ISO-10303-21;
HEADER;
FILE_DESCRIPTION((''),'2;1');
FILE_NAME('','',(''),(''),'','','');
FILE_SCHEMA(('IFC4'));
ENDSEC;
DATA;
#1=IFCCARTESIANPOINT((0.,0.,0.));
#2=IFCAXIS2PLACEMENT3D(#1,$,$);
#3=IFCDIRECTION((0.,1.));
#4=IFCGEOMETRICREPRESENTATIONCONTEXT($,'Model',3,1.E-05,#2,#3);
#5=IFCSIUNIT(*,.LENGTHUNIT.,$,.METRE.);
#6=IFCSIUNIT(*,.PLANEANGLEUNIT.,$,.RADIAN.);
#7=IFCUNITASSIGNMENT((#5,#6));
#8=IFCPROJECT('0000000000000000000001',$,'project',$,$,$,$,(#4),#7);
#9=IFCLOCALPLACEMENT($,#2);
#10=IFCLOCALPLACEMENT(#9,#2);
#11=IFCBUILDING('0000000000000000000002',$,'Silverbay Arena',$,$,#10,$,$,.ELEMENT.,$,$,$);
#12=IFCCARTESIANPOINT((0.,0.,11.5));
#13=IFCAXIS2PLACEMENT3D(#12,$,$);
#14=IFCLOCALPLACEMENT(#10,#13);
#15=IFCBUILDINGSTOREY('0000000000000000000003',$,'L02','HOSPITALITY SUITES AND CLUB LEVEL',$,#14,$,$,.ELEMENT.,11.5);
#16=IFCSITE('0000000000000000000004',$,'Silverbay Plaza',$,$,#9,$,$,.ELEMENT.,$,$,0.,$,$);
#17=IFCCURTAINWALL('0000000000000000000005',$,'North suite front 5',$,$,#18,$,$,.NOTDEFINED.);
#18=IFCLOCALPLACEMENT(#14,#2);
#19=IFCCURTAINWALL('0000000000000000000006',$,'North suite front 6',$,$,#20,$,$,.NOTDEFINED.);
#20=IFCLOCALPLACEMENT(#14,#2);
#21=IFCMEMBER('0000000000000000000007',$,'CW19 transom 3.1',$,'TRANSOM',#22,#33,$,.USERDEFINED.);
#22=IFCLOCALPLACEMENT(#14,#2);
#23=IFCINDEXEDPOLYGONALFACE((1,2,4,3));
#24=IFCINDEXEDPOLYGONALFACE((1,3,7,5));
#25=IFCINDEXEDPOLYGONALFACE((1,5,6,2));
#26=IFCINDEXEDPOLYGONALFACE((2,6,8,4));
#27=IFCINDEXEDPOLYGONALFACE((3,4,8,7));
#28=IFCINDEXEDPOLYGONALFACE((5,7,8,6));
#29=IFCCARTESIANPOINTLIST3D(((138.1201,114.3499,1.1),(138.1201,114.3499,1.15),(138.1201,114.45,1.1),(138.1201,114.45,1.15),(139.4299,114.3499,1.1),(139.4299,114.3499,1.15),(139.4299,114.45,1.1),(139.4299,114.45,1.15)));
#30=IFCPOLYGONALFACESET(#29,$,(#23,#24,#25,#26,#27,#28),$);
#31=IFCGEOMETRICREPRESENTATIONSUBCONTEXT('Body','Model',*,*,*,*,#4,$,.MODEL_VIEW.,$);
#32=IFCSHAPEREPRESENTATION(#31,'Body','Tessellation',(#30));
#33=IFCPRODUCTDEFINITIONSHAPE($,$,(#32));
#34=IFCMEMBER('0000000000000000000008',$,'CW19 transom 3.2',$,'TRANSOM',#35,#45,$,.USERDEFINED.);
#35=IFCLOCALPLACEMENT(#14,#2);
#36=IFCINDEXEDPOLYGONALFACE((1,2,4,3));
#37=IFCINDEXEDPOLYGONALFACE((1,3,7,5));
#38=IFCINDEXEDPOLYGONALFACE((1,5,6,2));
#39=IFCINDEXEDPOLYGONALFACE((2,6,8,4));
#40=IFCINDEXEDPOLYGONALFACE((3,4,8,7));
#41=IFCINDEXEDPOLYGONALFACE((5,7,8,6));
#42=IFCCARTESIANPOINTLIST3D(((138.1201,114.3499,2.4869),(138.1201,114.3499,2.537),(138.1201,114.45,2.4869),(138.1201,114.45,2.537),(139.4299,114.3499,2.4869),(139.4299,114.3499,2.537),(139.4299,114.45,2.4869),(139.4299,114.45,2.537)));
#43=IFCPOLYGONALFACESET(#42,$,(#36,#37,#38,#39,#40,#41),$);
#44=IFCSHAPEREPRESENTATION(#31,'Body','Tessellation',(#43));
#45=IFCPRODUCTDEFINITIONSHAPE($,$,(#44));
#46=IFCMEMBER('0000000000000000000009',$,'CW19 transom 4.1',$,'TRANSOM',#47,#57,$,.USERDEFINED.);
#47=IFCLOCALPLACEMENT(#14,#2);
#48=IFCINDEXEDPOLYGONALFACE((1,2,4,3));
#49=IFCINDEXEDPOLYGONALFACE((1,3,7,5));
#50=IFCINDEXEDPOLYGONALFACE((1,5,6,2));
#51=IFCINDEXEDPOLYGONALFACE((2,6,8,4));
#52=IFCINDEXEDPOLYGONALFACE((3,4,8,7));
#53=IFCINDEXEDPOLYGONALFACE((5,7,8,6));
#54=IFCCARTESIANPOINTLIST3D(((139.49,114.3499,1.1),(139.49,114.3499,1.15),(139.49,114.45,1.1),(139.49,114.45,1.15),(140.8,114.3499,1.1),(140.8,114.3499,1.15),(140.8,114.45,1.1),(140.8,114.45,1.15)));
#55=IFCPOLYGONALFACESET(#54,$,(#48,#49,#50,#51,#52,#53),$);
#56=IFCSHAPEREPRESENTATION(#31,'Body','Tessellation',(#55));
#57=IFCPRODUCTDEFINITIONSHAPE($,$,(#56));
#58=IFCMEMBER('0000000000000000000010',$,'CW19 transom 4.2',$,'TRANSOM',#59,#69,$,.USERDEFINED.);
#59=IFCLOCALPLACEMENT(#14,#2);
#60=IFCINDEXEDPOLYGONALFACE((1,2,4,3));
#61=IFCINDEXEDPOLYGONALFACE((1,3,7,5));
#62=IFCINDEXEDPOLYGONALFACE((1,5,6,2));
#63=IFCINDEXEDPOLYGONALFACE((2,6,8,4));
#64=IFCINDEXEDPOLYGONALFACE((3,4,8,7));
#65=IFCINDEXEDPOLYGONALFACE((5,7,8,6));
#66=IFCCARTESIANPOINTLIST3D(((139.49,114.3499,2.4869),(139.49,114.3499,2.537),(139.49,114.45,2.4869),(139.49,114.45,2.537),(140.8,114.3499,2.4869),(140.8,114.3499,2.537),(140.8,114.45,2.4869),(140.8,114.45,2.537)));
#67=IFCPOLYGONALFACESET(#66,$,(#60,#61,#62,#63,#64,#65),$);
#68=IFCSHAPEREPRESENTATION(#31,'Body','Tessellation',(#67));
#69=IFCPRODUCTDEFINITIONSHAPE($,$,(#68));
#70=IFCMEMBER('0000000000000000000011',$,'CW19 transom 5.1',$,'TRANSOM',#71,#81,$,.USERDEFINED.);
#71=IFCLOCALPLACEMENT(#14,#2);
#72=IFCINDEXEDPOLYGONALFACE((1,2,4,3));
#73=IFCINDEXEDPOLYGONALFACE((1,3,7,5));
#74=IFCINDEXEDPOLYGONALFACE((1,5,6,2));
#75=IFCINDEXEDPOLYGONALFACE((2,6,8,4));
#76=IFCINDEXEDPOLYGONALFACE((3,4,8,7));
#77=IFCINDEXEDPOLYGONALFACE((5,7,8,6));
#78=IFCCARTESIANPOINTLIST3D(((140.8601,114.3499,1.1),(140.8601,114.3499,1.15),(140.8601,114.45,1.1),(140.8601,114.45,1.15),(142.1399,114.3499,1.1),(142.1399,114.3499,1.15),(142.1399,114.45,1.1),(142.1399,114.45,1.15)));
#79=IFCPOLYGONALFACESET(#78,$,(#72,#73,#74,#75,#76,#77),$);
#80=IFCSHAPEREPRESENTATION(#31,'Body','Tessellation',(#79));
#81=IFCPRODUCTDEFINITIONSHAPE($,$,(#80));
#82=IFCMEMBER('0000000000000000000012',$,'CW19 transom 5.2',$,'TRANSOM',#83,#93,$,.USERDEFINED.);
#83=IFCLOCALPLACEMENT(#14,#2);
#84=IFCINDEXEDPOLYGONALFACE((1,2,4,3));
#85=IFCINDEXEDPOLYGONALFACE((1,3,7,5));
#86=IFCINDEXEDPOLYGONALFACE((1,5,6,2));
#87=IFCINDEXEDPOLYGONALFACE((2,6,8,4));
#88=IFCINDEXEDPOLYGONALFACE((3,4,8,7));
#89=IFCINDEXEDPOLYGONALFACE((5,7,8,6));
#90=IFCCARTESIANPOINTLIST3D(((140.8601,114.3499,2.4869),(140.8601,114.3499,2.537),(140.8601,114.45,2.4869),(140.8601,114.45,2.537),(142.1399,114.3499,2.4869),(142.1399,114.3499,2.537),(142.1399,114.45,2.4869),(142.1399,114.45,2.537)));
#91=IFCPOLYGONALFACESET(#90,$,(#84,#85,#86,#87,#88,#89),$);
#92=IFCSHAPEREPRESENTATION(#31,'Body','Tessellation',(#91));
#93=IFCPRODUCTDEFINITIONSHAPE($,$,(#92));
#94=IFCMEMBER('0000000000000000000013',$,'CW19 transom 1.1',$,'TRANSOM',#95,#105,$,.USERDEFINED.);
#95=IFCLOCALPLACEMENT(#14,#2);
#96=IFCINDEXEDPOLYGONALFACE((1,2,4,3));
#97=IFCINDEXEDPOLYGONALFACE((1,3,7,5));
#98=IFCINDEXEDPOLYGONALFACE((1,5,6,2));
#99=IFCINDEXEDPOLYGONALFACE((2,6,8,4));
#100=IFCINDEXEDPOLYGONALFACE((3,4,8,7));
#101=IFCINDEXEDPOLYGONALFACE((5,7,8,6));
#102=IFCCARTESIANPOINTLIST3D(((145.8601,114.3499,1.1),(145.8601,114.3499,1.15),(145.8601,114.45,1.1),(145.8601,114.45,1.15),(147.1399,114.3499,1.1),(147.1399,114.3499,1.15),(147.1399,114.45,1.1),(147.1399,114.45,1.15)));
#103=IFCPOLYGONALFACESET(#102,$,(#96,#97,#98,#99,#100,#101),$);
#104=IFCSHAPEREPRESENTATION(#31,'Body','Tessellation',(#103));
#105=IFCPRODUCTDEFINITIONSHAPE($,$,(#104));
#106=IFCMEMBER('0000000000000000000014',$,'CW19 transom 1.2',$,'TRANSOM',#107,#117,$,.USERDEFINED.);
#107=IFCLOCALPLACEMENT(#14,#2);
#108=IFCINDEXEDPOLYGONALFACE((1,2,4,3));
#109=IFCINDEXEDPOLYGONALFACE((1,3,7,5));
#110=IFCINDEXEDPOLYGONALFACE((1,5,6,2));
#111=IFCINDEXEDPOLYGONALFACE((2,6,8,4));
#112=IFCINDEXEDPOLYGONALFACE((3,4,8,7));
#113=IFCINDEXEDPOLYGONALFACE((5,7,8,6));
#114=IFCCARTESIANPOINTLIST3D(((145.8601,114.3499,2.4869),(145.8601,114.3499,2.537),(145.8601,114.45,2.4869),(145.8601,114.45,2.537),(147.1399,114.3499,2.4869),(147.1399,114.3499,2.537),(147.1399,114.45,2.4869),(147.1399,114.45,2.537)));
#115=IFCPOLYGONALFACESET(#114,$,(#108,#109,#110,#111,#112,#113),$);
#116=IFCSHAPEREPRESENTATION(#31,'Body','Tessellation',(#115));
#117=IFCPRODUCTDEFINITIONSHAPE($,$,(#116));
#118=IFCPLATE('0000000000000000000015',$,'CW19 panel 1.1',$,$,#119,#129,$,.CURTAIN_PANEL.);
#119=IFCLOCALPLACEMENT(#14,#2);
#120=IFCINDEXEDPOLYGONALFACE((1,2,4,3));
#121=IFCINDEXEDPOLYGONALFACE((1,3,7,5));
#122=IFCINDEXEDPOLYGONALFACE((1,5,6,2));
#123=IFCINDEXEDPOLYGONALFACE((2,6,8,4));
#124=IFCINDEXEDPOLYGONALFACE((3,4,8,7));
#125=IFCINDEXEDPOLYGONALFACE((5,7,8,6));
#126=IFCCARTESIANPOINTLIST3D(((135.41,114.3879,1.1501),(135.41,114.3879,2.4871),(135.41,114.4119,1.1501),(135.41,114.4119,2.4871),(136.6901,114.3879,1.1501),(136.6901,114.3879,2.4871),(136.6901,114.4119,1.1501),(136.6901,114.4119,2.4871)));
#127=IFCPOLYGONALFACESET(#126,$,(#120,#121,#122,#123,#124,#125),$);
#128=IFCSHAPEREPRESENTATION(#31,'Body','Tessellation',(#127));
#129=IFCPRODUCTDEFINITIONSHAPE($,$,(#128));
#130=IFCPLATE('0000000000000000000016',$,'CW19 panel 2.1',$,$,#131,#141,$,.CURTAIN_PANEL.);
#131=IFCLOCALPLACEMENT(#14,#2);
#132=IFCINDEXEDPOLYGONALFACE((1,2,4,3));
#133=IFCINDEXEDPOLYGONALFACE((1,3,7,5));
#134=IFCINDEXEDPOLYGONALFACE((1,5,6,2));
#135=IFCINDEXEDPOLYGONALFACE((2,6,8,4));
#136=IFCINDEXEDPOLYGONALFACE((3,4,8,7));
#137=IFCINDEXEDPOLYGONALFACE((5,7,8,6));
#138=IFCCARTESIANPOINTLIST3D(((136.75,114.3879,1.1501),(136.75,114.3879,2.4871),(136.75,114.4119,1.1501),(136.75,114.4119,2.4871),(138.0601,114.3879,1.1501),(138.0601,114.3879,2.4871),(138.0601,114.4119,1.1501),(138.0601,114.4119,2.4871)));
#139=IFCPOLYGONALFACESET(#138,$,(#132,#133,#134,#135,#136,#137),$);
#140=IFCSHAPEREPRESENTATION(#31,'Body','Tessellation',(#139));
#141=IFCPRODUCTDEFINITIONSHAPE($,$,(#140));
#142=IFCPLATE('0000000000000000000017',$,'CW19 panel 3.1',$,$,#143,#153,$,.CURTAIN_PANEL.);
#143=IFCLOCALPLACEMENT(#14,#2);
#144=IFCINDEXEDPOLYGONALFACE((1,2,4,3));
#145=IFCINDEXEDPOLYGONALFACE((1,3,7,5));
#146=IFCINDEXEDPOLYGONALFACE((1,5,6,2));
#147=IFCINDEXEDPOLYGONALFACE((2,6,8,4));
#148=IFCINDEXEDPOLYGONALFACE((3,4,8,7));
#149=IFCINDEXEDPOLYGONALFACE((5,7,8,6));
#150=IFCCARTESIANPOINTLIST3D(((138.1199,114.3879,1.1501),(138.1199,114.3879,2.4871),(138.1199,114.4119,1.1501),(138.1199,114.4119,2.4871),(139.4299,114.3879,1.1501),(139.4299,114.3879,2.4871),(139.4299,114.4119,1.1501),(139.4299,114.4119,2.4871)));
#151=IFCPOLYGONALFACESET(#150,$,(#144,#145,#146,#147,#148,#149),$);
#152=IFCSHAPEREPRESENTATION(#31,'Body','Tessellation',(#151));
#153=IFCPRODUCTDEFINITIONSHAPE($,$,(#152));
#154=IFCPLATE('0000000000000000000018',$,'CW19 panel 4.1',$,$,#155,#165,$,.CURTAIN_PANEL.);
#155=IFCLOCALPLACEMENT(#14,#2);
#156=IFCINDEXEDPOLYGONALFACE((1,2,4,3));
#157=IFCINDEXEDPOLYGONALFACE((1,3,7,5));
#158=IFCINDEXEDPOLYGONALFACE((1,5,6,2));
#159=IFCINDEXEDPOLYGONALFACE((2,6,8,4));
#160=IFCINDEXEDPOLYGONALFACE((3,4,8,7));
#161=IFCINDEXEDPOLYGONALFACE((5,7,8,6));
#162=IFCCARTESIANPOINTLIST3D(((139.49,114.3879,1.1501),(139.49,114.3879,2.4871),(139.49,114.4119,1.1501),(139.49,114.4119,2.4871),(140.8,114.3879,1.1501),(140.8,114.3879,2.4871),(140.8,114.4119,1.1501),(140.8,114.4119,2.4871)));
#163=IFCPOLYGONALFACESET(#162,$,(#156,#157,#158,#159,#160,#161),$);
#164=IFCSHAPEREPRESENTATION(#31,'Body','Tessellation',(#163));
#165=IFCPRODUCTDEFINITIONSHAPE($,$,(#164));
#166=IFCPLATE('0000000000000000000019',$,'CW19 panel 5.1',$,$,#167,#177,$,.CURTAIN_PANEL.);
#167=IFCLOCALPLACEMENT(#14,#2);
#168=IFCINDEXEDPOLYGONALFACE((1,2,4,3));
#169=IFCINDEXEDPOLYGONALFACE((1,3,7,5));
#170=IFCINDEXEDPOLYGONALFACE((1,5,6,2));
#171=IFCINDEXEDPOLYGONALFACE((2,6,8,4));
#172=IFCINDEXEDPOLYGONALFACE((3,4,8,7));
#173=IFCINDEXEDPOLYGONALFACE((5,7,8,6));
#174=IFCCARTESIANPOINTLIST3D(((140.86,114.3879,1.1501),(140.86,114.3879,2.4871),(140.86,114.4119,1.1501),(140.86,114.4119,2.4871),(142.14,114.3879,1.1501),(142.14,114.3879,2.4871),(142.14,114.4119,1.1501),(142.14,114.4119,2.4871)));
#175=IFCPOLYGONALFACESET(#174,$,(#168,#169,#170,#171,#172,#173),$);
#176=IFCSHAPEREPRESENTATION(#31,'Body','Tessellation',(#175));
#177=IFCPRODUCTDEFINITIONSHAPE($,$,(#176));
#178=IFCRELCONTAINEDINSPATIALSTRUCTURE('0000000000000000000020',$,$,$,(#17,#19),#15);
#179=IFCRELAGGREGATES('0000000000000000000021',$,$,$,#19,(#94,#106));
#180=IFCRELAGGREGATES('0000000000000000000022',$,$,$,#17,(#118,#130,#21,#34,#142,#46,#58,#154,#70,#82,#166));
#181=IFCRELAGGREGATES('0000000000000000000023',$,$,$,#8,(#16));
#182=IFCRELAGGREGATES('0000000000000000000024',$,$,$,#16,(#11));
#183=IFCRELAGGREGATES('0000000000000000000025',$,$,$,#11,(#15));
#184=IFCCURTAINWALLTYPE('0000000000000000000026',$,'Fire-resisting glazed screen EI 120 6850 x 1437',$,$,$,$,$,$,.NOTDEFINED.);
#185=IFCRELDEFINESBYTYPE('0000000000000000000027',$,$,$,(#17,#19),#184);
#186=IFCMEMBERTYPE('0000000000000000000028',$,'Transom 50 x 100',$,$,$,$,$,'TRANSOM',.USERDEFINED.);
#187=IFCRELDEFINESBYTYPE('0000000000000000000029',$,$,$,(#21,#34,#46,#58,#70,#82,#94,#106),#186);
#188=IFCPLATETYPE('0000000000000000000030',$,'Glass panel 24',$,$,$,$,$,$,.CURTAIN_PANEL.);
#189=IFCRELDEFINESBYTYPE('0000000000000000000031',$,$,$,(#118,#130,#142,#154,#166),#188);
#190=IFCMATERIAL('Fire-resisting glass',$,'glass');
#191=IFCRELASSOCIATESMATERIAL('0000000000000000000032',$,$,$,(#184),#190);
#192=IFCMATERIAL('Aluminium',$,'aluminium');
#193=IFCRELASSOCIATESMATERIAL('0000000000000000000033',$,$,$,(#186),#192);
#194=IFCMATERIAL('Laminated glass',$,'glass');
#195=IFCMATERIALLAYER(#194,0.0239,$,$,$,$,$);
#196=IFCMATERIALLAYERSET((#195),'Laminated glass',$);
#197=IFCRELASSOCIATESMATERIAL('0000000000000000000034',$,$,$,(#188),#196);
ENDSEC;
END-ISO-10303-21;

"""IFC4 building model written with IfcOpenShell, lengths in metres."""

from ifc_helpers import new_model, si_unit, direction, frame, origin, origin_2d, place, context, subcontext, project, spatial, rectangle, extrude, material, layer, layer_set, material_profile, profile_set, type_object, element, aggregate, save


model = new_model("IFC4")

# Units and contexts
model_context = context("Model", 3, precision=1e-05, world=origin(), true_north=direction((0.0, 1.0)))
body_context = subcontext(model_context, "Body", "Model", "MODEL_VIEW")
ifc_project = project(units=[si_unit("LENGTHUNIT", "METRE"), si_unit("PLANEANGLEUNIT", "RADIAN")], contexts=[model_context])

# Site, building, storey
site_placement = place(None, origin())
site = spatial("IfcSite", under=ifc_project, at=site_placement, Name="Silverbay Plaza", CompositionType="ELEMENT", RefElevation=0.0)
building_placement = place(site_placement, origin())
building = spatial("IfcBuilding", under=site, at=building_placement, Name="Silverbay Arena", CompositionType="ELEMENT")
storey_placement = place(building_placement, frame((0.0, 0.0, 11.5)))
storey = spatial("IfcBuildingStorey", under=building, at=storey_placement, Name="L02", Description="HOSPITALITY SUITES AND CLUB LEVEL", CompositionType="ELEMENT", Elevation=11.5)

# Curtain wall
ifc_material_1 = material(Name="Fire-resisting glass", Category="glass")
curtain_wall_type = type_object("IfcCurtainWallType", Name="Fire-resisting glazed screen EI 120 6850 x 1437", PredefinedType="NOTDEFINED", material=ifc_material_1)
curtain_wall_1_placement = place(storey_placement, origin())
curtain_wall_1 = element("IfcCurtainWall", 1, at=curtain_wall_1_placement, inside=storey, type_object=curtain_wall_type, Name="North suite front 5", PredefinedType="NOTDEFINED")

# Curtain wall
curtain_wall_2_placement = place(storey_placement, origin())
curtain_wall_2 = element("IfcCurtainWall", 2, at=curtain_wall_2_placement, inside=storey, type_object=curtain_wall_type, Name="North suite front 6", PredefinedType="NOTDEFINED")

# Members
ifc_material_2 = material(Name="Aluminium", Category="aluminium")
ifc_material_profile_1 = material_profile(ifc_material_2, rectangle(XDim=0.1001, YDim=0.05, at=origin_2d()), Name="Transom 50 x 100")
ifc_profile_set_1 = profile_set([ifc_material_profile_1], Name="Aluminium")
member_type_1 = type_object("IfcMemberType", Name="Transom 50 x 100", ElementType="TRANSOM", PredefinedType="USERDEFINED", material=ifc_profile_set_1)
member_1_placement = place(storey_placement, frame((138.1201, 114.3999, 1.125), z_axis=(1.0, 0.0, 0.0), x_axis=(0.0, 1.0, 0.0)))
member_1 = element("IfcMember", 3, at=member_1_placement, type_object=member_type_1, Name="CW19 transom 3.1", ObjectType="TRANSOM", PredefinedType="USERDEFINED", context=body_context, shape_type="SweptSolid", body=[
    extrude(rectangle(XDim=0.1001, YDim=0.05, at=origin_2d()), origin(), (0.0, 0.0, 1.0), 1.3098),
])
member_2_placement = place(storey_placement, frame((138.1201, 114.3999, 2.512), z_axis=(1.0, 0.0, 0.0), x_axis=(0.0, 1.0, 0.0)))
member_2 = element("IfcMember", 4, at=member_2_placement, type_object=member_type_1, Name="CW19 transom 3.2", ObjectType="TRANSOM", PredefinedType="USERDEFINED", context=body_context, shape_type="SweptSolid", body=[
    extrude(rectangle(XDim=0.1001, YDim=0.05, at=origin_2d()), origin(), (0.0, 0.0, 1.0), 1.3098),
])
member_3_placement = place(storey_placement, frame((139.49, 114.3999, 1.125), z_axis=(1.0, 0.0, 0.0), x_axis=(0.0, 1.0, 0.0)))
member_3 = element("IfcMember", 5, at=member_3_placement, type_object=member_type_1, Name="CW19 transom 4.1", ObjectType="TRANSOM", PredefinedType="USERDEFINED", context=body_context, shape_type="SweptSolid", body=[
    extrude(rectangle(XDim=0.1001, YDim=0.05, at=origin_2d()), origin(), (0.0, 0.0, 1.0), 1.3101),
])
member_4_placement = place(storey_placement, frame((139.49, 114.3999, 2.512), z_axis=(1.0, 0.0, 0.0), x_axis=(0.0, 1.0, 0.0)))
member_4 = element("IfcMember", 6, at=member_4_placement, type_object=member_type_1, Name="CW19 transom 4.2", ObjectType="TRANSOM", PredefinedType="USERDEFINED", context=body_context, shape_type="SweptSolid", body=[
    extrude(rectangle(XDim=0.1001, YDim=0.05, at=origin_2d()), origin(), (0.0, 0.0, 1.0), 1.3101),
])
member_5_placement = place(storey_placement, frame((140.8601, 114.3999, 1.125), z_axis=(1.0, 0.0, 0.0), x_axis=(0.0, 1.0, 0.0)))
member_5 = element("IfcMember", 7, at=member_5_placement, type_object=member_type_1, Name="CW19 transom 5.1", ObjectType="TRANSOM", PredefinedType="USERDEFINED", context=body_context, shape_type="SweptSolid", body=[
    extrude(rectangle(XDim=0.1001, YDim=0.05, at=origin_2d()), origin(), (0.0, 0.0, 1.0), 1.2798),
])
member_6_placement = place(storey_placement, frame((140.8601, 114.3999, 2.512), z_axis=(1.0, 0.0, 0.0), x_axis=(0.0, 1.0, 0.0)))
member_6 = element("IfcMember", 8, at=member_6_placement, type_object=member_type_1, Name="CW19 transom 5.2", ObjectType="TRANSOM", PredefinedType="USERDEFINED", context=body_context, shape_type="SweptSolid", body=[
    extrude(rectangle(XDim=0.1001, YDim=0.05, at=origin_2d()), origin(), (0.0, 0.0, 1.0), 1.2798),
])
member_7_placement = place(storey_placement, frame((145.8601, 114.3999, 1.125), z_axis=(1.0, 0.0, 0.0), x_axis=(0.0, 1.0, 0.0)))
member_7 = element("IfcMember", 9, at=member_7_placement, type_object=member_type_1, Name="CW19 transom 1.1", ObjectType="TRANSOM", PredefinedType="USERDEFINED", context=body_context, shape_type="SweptSolid", body=[
    extrude(rectangle(XDim=0.1001, YDim=0.05, at=origin_2d()), origin(), (0.0, 0.0, 1.0), 1.2798),
])
member_8_placement = place(storey_placement, frame((145.8601, 114.3999, 2.512), z_axis=(1.0, 0.0, 0.0), x_axis=(0.0, 1.0, 0.0)))
member_8 = element("IfcMember", 10, at=member_8_placement, type_object=member_type_1, Name="CW19 transom 1.2", ObjectType="TRANSOM", PredefinedType="USERDEFINED", context=body_context, shape_type="SweptSolid", body=[
    extrude(rectangle(XDim=0.1001, YDim=0.05, at=origin_2d()), origin(), (0.0, 0.0, 1.0), 1.2798),
])
aggregate(curtain_wall_2, [member_7, member_8])

# Plates
ifc_material_3 = material(Name="Laminated glass", Category="glass")
ifc_layer_1 = layer(ifc_material_3, 0.0239)
ifc_layer_set_1 = layer_set([ifc_layer_1], Name="Laminated glass")
plate_type = type_object("IfcPlateType", Name="Glass panel 24", PredefinedType="CURTAIN_PANEL", material=ifc_layer_set_1)
plate_1_placement = place(storey_placement, frame((136.05, 114.3999, 1.1501), z_axis=(0.0, 0.0, 1.0), x_axis=(1.0, 0.0, 0.0)))
plate_1 = element("IfcPlate", 11, at=plate_1_placement, type_object=plate_type, Name="CW19 panel 1.1", PredefinedType="CURTAIN_PANEL", context=body_context, shape_type="SweptSolid", body=[
    extrude(rectangle(XDim=1.28, YDim=0.0239, at=origin_2d()), origin(), (0.0, 0.0, 1.0), 1.3369),
])
plate_2_placement = place(storey_placement, frame((137.405, 114.3999, 1.1501), z_axis=(0.0, 0.0, 1.0), x_axis=(1.0, 0.0, 0.0)))
plate_2 = element("IfcPlate", 12, at=plate_2_placement, type_object=plate_type, Name="CW19 panel 2.1", PredefinedType="CURTAIN_PANEL", context=body_context, shape_type="SweptSolid", body=[
    extrude(rectangle(XDim=1.3101, YDim=0.0239, at=origin_2d()), origin(), (0.0, 0.0, 1.0), 1.3369),
])
plate_3_placement = place(storey_placement, frame((138.7749, 114.3999, 1.1501), z_axis=(0.0, 0.0, 1.0), x_axis=(1.0, 0.0, 0.0)))
plate_3 = element("IfcPlate", 13, at=plate_3_placement, type_object=plate_type, Name="CW19 panel 3.1", PredefinedType="CURTAIN_PANEL", context=body_context, shape_type="SweptSolid", body=[
    extrude(rectangle(XDim=1.3101, YDim=0.0239, at=origin_2d()), origin(), (0.0, 0.0, 1.0), 1.3369),
])
plate_4_placement = place(storey_placement, frame((140.145, 114.3999, 1.1501), z_axis=(0.0, 0.0, 1.0), x_axis=(1.0, 0.0, 0.0)))
plate_4 = element("IfcPlate", 14, at=plate_4_placement, type_object=plate_type, Name="CW19 panel 4.1", PredefinedType="CURTAIN_PANEL", context=body_context, shape_type="SweptSolid", body=[
    extrude(rectangle(XDim=1.3101, YDim=0.0239, at=origin_2d()), origin(), (0.0, 0.0, 1.0), 1.3369),
])
plate_5_placement = place(storey_placement, frame((141.5, 114.3999, 1.1501), z_axis=(0.0, 0.0, 1.0), x_axis=(1.0, 0.0, 0.0)))
plate_5 = element("IfcPlate", 15, at=plate_5_placement, type_object=plate_type, Name="CW19 panel 5.1", PredefinedType="CURTAIN_PANEL", context=body_context, shape_type="SweptSolid", body=[
    extrude(rectangle(XDim=1.28, YDim=0.0239, at=origin_2d()), origin(), (0.0, 0.0, 1.0), 1.3369),
])
aggregate(curtain_wall_1, [plate_1, plate_2, member_1, member_2, plate_3, member_3, member_4, plate_4, member_5, member_6, plate_5])

save(model, "model.ifc")
